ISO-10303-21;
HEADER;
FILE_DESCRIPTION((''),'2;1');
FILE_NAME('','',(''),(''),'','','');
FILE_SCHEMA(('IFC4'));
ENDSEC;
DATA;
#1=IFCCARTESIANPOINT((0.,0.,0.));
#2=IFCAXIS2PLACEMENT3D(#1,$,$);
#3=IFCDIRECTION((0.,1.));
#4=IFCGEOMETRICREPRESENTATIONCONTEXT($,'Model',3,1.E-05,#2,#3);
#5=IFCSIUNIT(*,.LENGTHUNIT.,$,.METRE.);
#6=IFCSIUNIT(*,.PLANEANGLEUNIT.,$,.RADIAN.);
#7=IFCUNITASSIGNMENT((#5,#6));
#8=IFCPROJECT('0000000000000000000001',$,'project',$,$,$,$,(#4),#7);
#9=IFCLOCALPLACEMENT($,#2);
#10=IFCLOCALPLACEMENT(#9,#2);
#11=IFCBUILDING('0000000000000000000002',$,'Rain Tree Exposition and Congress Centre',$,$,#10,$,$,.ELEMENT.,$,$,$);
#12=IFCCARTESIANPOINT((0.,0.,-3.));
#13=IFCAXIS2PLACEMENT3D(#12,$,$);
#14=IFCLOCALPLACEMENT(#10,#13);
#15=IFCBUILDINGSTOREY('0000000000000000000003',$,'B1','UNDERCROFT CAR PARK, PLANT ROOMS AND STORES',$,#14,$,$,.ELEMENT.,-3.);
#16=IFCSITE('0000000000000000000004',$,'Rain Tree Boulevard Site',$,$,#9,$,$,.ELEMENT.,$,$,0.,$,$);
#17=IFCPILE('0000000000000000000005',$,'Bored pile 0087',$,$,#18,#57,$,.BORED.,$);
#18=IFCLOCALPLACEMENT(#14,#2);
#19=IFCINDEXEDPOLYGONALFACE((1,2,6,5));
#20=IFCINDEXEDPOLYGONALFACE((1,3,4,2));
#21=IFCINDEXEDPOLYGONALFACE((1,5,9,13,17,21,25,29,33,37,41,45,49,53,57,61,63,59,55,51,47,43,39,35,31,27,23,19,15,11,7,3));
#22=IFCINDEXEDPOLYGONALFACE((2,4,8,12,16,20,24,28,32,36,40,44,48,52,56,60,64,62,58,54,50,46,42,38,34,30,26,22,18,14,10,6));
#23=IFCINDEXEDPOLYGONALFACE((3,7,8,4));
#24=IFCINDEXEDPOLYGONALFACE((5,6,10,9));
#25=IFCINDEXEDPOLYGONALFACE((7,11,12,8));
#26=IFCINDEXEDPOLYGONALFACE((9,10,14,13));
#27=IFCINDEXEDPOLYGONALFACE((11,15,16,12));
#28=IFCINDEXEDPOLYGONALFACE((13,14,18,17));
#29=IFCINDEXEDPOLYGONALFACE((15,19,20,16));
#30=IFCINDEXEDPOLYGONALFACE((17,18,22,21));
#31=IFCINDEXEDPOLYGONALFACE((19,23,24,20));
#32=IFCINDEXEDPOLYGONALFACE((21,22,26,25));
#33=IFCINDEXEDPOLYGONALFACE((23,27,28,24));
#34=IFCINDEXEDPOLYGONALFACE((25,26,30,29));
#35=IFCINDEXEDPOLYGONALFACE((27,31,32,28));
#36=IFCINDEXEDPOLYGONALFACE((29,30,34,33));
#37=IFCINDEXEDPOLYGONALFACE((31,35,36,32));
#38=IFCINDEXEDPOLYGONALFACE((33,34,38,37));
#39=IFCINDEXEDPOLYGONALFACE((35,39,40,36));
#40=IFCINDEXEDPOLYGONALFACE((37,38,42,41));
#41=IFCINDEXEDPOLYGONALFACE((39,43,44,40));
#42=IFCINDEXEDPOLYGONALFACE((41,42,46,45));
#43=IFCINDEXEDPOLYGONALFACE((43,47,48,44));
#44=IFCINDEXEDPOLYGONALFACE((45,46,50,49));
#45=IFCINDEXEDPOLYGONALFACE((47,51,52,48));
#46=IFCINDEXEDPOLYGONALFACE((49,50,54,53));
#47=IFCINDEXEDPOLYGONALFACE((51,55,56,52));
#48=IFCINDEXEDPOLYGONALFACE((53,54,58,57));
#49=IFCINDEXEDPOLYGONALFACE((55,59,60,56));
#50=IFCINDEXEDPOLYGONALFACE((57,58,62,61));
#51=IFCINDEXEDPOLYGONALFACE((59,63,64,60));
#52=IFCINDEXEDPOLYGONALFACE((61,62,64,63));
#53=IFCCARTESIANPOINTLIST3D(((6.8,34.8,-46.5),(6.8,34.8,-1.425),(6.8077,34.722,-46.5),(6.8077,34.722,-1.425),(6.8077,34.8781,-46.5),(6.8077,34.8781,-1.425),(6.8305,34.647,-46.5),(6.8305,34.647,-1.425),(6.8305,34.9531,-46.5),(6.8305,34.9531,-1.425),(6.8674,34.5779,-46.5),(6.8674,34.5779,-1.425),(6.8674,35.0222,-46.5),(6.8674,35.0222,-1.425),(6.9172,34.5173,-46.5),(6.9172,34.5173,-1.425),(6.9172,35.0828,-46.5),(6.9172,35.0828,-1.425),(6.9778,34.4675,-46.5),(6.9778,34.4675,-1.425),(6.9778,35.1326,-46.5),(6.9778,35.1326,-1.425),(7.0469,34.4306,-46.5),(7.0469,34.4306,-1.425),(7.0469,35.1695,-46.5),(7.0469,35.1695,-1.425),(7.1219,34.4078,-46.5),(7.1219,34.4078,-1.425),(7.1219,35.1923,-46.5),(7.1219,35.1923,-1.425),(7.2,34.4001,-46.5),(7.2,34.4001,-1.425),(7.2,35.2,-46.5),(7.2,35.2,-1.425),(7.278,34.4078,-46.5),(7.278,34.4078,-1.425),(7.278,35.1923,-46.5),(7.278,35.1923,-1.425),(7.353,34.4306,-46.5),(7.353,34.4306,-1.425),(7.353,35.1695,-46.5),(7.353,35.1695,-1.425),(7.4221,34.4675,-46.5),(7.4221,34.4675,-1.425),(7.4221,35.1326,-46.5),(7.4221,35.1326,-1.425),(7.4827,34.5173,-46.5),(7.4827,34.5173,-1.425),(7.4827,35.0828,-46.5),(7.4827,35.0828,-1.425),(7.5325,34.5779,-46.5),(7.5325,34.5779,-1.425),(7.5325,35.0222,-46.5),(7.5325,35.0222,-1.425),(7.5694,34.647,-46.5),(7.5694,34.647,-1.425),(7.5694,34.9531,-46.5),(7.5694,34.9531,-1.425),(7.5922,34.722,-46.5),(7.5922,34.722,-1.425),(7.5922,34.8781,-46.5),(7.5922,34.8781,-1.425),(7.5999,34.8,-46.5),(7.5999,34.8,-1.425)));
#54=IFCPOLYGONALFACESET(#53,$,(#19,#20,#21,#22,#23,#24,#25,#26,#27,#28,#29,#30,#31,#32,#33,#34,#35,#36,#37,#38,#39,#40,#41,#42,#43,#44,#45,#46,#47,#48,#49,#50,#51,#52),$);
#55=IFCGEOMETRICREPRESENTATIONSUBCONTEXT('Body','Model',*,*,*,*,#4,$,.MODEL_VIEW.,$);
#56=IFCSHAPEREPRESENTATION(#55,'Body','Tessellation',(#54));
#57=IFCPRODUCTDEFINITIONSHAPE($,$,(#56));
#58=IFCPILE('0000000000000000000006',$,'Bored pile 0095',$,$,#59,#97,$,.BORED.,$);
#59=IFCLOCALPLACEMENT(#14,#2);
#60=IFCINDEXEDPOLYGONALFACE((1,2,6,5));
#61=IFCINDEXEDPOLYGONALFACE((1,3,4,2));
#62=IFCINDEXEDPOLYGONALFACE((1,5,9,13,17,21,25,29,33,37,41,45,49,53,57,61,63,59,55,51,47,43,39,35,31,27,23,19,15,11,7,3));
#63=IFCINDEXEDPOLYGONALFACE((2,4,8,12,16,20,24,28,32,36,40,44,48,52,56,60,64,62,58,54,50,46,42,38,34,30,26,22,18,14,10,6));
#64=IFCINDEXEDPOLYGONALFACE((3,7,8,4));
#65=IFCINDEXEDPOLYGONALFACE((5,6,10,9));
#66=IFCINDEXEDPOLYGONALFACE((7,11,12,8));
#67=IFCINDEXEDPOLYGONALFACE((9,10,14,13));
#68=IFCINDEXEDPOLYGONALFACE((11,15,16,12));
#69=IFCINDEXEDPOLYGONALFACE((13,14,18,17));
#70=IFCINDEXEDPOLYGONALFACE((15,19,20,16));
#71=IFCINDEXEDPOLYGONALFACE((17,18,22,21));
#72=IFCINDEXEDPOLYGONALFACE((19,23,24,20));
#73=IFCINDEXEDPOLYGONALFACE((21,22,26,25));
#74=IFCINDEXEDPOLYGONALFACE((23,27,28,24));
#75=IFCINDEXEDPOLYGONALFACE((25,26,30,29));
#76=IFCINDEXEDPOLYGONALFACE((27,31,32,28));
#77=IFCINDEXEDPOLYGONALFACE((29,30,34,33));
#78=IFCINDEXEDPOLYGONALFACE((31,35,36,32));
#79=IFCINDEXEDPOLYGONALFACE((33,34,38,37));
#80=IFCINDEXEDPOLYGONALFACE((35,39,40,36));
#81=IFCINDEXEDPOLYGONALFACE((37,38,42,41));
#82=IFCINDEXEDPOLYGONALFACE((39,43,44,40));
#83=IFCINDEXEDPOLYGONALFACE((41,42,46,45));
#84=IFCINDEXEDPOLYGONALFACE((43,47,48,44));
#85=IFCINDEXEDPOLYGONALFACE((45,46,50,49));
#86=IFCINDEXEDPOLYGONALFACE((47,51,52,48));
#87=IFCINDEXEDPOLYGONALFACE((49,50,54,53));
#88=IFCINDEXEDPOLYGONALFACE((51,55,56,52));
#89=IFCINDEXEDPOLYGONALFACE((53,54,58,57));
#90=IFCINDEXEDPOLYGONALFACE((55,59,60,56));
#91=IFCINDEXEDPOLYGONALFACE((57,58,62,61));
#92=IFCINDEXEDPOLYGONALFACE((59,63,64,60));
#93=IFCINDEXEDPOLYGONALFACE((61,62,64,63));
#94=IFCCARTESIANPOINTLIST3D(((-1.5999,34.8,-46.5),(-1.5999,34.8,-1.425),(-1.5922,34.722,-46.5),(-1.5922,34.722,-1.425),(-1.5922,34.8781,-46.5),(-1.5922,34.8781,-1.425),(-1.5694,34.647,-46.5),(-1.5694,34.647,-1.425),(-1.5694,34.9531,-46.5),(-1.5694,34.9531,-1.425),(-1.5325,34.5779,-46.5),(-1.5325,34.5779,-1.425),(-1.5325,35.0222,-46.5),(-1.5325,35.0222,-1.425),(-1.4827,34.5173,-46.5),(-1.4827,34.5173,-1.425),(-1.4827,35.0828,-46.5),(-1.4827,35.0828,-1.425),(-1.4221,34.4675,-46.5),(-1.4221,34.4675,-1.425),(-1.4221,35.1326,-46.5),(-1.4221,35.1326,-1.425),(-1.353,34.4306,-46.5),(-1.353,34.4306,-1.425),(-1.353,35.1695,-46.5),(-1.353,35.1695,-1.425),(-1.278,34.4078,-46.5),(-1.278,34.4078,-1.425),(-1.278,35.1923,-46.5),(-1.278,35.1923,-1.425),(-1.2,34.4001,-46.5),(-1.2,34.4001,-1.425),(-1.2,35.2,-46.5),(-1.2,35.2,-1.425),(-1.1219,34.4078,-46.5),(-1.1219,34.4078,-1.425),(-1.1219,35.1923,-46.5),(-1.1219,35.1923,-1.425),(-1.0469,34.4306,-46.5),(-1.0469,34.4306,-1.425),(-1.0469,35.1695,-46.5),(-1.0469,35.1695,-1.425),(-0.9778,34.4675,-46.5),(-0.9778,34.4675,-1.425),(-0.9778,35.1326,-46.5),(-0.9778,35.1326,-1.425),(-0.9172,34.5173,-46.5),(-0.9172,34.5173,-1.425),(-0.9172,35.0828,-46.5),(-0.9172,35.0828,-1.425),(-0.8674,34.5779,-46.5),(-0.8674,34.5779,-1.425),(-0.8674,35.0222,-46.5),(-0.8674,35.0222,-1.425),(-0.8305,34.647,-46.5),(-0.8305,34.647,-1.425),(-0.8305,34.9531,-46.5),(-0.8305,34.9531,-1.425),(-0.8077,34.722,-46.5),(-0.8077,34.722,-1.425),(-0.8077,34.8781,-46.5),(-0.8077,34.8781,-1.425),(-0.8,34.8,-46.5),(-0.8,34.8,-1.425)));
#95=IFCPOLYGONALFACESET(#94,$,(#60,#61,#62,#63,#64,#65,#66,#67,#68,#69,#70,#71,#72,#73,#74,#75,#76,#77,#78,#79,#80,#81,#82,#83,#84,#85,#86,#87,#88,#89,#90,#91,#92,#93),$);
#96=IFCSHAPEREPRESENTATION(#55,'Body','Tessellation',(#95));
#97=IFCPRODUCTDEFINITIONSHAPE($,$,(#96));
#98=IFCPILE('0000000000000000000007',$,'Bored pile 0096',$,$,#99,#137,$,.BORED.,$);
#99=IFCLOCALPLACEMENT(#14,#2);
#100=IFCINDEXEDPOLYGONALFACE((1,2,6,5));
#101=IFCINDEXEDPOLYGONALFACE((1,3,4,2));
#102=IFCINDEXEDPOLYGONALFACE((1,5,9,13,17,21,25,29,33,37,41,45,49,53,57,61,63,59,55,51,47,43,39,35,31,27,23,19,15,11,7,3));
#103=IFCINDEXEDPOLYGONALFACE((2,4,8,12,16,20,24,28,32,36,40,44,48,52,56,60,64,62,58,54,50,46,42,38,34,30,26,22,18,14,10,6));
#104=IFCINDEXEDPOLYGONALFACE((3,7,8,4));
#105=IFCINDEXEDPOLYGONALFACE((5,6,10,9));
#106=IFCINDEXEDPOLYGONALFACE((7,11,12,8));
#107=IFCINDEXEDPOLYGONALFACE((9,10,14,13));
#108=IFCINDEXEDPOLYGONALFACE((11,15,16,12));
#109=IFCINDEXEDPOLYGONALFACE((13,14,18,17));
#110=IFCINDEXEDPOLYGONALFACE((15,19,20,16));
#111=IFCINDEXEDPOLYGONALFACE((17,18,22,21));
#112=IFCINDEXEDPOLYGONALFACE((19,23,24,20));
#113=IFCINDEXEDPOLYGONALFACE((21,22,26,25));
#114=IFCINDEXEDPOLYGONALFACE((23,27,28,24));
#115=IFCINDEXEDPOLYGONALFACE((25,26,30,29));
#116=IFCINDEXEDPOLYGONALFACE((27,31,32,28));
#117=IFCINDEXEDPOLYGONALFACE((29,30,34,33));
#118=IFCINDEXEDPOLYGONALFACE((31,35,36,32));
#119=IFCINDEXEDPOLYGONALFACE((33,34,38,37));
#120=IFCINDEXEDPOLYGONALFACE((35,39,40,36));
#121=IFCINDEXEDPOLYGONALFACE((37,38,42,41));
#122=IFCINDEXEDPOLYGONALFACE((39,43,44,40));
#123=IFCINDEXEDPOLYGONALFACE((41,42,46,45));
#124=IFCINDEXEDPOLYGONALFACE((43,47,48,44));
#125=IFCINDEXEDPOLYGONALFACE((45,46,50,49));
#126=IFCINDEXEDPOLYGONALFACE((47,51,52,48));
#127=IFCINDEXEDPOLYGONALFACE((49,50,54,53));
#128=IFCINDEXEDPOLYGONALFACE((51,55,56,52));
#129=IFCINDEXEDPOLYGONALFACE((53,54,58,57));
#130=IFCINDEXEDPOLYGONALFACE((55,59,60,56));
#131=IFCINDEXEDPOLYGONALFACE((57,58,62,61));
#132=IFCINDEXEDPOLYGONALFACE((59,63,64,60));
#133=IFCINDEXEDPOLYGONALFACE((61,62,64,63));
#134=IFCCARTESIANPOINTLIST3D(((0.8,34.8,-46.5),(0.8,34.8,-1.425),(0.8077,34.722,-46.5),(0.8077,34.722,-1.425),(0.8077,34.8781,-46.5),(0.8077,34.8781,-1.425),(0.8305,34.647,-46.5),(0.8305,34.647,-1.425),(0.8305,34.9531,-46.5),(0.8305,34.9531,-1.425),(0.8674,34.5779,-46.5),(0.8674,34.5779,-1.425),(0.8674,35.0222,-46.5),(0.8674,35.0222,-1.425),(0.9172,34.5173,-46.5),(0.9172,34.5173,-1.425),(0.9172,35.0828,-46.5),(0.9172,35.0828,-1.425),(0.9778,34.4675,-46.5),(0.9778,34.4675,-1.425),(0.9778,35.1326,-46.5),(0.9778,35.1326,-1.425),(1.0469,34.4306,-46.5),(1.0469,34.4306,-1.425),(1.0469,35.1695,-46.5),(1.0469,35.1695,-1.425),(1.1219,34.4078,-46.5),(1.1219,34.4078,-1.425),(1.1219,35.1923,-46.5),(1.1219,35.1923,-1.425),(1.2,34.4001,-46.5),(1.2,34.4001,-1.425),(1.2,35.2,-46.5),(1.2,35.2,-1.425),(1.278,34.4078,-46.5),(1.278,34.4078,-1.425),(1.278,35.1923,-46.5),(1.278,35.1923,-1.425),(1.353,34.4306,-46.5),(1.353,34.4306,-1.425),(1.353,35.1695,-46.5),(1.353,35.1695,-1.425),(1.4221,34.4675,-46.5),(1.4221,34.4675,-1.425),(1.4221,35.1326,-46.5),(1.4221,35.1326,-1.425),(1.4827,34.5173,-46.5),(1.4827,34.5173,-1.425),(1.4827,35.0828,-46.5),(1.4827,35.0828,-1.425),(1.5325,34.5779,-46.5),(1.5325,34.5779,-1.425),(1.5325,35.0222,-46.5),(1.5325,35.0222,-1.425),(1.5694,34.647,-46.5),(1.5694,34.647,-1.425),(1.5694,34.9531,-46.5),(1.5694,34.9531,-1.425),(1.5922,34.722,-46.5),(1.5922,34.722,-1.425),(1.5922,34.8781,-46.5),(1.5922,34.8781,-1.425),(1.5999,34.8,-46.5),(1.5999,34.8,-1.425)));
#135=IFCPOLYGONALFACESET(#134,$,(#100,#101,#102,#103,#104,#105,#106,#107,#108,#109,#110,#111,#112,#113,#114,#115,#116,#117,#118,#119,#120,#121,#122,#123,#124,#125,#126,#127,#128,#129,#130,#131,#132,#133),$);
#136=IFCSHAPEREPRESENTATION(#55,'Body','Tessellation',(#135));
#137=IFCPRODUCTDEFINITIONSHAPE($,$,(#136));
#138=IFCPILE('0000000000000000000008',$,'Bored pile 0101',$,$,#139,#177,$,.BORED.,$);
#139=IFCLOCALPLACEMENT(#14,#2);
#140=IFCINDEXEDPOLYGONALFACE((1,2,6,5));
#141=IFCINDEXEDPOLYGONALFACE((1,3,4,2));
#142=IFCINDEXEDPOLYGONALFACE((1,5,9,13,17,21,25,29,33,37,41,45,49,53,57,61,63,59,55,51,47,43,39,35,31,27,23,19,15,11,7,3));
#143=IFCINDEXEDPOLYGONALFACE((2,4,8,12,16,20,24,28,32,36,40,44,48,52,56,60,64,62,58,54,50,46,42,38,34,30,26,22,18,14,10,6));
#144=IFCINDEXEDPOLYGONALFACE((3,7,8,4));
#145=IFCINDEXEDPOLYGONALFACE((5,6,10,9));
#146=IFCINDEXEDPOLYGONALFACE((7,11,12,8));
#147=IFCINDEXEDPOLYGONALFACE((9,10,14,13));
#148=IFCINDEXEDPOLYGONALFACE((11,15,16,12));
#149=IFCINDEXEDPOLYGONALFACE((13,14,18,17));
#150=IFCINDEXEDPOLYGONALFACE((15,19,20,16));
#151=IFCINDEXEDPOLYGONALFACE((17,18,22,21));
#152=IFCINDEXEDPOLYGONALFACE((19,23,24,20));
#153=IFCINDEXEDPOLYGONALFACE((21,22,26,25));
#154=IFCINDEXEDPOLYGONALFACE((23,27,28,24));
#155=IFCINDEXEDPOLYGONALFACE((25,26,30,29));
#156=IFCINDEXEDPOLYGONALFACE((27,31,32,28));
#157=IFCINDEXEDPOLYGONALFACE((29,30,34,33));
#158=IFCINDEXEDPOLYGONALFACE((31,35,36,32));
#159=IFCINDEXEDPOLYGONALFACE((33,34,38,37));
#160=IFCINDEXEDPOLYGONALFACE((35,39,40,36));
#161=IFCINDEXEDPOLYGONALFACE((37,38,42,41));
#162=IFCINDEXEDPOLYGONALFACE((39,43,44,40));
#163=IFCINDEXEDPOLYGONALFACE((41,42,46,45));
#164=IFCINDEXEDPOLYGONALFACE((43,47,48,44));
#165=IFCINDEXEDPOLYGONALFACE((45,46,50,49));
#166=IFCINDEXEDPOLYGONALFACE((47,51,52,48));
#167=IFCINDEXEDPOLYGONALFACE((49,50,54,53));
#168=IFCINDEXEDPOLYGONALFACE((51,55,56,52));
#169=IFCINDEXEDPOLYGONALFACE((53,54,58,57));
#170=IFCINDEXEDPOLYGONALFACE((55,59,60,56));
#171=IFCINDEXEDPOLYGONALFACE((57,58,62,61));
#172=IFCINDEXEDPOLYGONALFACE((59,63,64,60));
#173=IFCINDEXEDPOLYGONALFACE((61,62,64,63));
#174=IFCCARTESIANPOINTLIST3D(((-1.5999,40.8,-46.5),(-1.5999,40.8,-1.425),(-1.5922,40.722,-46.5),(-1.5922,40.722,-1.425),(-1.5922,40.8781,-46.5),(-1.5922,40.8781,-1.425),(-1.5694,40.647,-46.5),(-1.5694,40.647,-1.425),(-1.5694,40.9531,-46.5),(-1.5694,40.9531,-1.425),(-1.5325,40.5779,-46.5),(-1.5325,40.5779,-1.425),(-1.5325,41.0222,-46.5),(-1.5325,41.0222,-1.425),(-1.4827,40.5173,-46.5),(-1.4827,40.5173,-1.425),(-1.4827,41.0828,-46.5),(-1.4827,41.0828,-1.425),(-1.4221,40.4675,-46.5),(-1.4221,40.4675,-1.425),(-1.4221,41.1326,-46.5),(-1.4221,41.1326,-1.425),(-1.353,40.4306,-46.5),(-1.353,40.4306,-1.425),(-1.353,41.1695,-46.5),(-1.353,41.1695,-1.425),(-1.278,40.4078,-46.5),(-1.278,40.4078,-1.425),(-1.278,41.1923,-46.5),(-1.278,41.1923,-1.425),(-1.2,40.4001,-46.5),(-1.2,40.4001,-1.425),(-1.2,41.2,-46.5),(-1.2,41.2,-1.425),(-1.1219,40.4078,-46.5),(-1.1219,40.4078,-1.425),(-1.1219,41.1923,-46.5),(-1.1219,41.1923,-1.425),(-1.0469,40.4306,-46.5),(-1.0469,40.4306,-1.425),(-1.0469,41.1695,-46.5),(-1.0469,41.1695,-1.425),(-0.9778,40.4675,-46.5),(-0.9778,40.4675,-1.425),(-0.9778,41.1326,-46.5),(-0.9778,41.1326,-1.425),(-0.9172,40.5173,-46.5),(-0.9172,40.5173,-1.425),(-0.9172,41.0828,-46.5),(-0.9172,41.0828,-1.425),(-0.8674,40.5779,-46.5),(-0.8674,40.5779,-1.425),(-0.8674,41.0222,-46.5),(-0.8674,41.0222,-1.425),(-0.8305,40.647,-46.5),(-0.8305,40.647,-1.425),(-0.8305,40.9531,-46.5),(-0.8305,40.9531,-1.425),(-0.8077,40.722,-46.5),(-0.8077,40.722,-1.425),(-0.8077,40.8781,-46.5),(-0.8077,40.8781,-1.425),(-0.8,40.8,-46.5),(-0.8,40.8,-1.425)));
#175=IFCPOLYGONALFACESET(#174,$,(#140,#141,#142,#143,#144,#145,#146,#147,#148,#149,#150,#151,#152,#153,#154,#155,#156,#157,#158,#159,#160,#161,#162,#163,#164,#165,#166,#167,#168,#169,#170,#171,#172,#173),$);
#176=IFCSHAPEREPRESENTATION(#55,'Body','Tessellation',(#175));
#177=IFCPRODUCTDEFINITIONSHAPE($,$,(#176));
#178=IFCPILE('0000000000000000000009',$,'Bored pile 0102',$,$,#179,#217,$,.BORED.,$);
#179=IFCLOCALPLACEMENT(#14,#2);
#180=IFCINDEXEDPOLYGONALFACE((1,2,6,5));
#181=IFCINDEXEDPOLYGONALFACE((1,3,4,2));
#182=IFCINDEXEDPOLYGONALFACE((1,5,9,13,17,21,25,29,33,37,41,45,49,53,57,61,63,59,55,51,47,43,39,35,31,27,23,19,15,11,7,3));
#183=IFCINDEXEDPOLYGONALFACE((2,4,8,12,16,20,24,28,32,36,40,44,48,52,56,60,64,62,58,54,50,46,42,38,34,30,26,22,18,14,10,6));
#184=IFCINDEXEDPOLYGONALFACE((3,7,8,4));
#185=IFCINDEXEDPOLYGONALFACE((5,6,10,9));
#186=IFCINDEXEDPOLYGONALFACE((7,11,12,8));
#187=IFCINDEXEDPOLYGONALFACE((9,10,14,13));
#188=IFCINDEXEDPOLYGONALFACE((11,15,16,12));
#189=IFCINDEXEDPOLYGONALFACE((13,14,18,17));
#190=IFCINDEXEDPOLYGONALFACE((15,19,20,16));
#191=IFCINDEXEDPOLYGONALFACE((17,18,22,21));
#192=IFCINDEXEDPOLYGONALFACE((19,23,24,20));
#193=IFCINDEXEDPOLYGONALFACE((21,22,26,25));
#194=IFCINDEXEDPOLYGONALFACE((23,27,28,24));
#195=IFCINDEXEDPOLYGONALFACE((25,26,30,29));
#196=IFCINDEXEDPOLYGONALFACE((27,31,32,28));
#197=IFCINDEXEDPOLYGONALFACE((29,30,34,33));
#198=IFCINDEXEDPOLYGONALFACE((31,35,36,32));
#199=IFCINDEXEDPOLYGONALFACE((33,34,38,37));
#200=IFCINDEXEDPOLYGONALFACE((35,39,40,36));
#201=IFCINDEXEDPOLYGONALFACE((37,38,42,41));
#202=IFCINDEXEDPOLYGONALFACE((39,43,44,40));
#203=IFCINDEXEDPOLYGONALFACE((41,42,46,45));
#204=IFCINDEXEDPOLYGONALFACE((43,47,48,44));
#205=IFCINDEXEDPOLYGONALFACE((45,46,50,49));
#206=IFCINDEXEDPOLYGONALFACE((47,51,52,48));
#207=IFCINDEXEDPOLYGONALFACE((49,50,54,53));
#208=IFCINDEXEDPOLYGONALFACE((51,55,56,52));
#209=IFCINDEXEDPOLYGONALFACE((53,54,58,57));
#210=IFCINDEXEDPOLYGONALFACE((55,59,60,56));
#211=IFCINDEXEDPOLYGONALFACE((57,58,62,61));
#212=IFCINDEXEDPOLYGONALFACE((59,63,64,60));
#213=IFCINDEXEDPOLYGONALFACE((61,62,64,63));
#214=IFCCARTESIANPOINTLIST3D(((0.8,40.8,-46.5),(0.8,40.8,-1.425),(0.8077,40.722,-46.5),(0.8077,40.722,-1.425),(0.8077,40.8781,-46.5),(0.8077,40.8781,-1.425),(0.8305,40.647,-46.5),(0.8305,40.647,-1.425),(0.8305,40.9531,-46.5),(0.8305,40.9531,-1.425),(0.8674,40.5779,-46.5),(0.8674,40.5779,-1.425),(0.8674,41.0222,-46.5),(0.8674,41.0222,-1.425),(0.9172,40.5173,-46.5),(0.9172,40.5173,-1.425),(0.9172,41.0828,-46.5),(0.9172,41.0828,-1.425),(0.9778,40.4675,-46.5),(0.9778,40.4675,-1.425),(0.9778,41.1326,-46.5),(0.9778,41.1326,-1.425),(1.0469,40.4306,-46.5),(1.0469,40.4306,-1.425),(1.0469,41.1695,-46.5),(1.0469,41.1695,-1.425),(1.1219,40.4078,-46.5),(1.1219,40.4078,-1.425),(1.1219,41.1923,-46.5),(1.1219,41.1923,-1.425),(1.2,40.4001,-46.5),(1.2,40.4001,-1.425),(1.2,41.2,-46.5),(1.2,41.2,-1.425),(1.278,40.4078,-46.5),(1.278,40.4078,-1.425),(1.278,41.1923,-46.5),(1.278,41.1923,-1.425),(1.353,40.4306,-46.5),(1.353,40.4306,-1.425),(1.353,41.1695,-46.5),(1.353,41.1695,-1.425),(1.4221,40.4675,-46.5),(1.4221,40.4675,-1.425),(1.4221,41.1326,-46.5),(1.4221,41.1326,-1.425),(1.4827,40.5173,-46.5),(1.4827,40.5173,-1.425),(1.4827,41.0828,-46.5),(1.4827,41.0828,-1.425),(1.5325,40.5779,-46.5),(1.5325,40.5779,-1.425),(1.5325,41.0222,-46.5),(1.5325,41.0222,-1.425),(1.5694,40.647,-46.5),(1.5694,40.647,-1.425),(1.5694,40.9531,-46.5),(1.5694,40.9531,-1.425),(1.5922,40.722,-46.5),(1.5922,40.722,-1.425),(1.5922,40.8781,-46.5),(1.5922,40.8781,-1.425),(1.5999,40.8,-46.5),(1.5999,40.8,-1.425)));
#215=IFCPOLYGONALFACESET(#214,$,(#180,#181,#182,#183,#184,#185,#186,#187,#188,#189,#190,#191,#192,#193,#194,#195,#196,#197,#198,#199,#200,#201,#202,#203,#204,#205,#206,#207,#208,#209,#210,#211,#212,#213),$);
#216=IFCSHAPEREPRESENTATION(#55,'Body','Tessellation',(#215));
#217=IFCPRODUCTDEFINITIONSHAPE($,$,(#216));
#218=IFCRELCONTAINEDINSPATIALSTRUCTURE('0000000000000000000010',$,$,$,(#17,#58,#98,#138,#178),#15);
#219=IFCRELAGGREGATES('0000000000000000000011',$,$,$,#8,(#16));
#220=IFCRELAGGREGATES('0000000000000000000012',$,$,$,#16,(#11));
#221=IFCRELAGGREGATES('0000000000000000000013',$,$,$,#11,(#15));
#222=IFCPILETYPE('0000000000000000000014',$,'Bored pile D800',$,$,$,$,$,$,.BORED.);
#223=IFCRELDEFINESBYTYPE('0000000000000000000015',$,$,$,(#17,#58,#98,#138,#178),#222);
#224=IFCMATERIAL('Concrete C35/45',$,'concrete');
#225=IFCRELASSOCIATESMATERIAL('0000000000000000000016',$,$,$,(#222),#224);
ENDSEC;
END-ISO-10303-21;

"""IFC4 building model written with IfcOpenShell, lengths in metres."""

from ifc_helpers import new_model, si_unit, direction, frame, origin, origin_2d, place, context, subcontext, project, spatial, circle, extrude, material, material_profile, profile_set, type_object, element, save


model = new_model("IFC4")

# Units and contexts
model_context = context("Model", 3, precision=1e-05, world=origin(), true_north=direction((0.0, 1.0)))
body_context = subcontext(model_context, "Body", "Model", "MODEL_VIEW")
ifc_project = project(units=[si_unit("LENGTHUNIT", "METRE"), si_unit("PLANEANGLEUNIT", "RADIAN")], contexts=[model_context])

# Site, building, storey
site_placement = place(None, origin())
site = spatial("IfcSite", under=ifc_project, at=site_placement, Name="Rain Tree Boulevard Site", CompositionType="ELEMENT", RefElevation=0.0)
building_placement = place(site_placement, origin())
building = spatial("IfcBuilding", under=site, at=building_placement, Name="Rain Tree Exposition and Congress Centre", CompositionType="ELEMENT")
storey_placement = place(building_placement, frame((0.0, 0.0, -3.0)))
storey = spatial("IfcBuildingStorey", under=building, at=storey_placement, Name="B1", Description="UNDERCROFT CAR PARK, PLANT ROOMS AND STORES", CompositionType="ELEMENT", Elevation=-3.0)

# Piles
ifc_material_1 = material(Name="Concrete C35/45", Category="concrete")
ifc_material_profile_1 = material_profile(ifc_material_1, circle(Radius=0.3999, at=origin_2d()), Name="D800")
ifc_profile_set_1 = profile_set([ifc_material_profile_1], Name="Concrete C35/45")
pile_type = type_object("IfcPileType", Name="Bored pile D800", PredefinedType="BORED", material=ifc_profile_set_1)
for number, where, z_axis, x_axis, name in (
    (1, (7.2, 34.8, -1.425), (0.0, 0.0, -1.0), (1.0, 0.0, 0.0), "Bored pile 0087"),
    (2, (-1.2, 34.8, -1.425), (0.0, 0.0, -1.0), (1.0, 0.0, 0.0), "Bored pile 0095"),
    (3, (1.2, 34.8, -1.425), (0.0, 0.0, -1.0), (1.0, 0.0, 0.0), "Bored pile 0096"),
    (4, (-1.2, 40.8, -1.425), (0.0, 0.0, -1.0), (1.0, 0.0, 0.0), "Bored pile 0101"),
    (5, (1.2, 40.8, -1.425), (0.0, 0.0, -1.0), (1.0, 0.0, 0.0), "Bored pile 0102"),
):
    element("IfcPile", number, at=place(storey_placement, frame(where, z_axis=z_axis, x_axis=x_axis)), inside=storey, type_object=pile_type, Name=name, PredefinedType="BORED", context=body_context, shape_type="SweptSolid", body=[
        extrude(circle(Radius=0.3999, at=origin_2d()), origin(), (0.0, 0.0, 1.0), 45.075),
    ])

save(model, "model.ifc")
